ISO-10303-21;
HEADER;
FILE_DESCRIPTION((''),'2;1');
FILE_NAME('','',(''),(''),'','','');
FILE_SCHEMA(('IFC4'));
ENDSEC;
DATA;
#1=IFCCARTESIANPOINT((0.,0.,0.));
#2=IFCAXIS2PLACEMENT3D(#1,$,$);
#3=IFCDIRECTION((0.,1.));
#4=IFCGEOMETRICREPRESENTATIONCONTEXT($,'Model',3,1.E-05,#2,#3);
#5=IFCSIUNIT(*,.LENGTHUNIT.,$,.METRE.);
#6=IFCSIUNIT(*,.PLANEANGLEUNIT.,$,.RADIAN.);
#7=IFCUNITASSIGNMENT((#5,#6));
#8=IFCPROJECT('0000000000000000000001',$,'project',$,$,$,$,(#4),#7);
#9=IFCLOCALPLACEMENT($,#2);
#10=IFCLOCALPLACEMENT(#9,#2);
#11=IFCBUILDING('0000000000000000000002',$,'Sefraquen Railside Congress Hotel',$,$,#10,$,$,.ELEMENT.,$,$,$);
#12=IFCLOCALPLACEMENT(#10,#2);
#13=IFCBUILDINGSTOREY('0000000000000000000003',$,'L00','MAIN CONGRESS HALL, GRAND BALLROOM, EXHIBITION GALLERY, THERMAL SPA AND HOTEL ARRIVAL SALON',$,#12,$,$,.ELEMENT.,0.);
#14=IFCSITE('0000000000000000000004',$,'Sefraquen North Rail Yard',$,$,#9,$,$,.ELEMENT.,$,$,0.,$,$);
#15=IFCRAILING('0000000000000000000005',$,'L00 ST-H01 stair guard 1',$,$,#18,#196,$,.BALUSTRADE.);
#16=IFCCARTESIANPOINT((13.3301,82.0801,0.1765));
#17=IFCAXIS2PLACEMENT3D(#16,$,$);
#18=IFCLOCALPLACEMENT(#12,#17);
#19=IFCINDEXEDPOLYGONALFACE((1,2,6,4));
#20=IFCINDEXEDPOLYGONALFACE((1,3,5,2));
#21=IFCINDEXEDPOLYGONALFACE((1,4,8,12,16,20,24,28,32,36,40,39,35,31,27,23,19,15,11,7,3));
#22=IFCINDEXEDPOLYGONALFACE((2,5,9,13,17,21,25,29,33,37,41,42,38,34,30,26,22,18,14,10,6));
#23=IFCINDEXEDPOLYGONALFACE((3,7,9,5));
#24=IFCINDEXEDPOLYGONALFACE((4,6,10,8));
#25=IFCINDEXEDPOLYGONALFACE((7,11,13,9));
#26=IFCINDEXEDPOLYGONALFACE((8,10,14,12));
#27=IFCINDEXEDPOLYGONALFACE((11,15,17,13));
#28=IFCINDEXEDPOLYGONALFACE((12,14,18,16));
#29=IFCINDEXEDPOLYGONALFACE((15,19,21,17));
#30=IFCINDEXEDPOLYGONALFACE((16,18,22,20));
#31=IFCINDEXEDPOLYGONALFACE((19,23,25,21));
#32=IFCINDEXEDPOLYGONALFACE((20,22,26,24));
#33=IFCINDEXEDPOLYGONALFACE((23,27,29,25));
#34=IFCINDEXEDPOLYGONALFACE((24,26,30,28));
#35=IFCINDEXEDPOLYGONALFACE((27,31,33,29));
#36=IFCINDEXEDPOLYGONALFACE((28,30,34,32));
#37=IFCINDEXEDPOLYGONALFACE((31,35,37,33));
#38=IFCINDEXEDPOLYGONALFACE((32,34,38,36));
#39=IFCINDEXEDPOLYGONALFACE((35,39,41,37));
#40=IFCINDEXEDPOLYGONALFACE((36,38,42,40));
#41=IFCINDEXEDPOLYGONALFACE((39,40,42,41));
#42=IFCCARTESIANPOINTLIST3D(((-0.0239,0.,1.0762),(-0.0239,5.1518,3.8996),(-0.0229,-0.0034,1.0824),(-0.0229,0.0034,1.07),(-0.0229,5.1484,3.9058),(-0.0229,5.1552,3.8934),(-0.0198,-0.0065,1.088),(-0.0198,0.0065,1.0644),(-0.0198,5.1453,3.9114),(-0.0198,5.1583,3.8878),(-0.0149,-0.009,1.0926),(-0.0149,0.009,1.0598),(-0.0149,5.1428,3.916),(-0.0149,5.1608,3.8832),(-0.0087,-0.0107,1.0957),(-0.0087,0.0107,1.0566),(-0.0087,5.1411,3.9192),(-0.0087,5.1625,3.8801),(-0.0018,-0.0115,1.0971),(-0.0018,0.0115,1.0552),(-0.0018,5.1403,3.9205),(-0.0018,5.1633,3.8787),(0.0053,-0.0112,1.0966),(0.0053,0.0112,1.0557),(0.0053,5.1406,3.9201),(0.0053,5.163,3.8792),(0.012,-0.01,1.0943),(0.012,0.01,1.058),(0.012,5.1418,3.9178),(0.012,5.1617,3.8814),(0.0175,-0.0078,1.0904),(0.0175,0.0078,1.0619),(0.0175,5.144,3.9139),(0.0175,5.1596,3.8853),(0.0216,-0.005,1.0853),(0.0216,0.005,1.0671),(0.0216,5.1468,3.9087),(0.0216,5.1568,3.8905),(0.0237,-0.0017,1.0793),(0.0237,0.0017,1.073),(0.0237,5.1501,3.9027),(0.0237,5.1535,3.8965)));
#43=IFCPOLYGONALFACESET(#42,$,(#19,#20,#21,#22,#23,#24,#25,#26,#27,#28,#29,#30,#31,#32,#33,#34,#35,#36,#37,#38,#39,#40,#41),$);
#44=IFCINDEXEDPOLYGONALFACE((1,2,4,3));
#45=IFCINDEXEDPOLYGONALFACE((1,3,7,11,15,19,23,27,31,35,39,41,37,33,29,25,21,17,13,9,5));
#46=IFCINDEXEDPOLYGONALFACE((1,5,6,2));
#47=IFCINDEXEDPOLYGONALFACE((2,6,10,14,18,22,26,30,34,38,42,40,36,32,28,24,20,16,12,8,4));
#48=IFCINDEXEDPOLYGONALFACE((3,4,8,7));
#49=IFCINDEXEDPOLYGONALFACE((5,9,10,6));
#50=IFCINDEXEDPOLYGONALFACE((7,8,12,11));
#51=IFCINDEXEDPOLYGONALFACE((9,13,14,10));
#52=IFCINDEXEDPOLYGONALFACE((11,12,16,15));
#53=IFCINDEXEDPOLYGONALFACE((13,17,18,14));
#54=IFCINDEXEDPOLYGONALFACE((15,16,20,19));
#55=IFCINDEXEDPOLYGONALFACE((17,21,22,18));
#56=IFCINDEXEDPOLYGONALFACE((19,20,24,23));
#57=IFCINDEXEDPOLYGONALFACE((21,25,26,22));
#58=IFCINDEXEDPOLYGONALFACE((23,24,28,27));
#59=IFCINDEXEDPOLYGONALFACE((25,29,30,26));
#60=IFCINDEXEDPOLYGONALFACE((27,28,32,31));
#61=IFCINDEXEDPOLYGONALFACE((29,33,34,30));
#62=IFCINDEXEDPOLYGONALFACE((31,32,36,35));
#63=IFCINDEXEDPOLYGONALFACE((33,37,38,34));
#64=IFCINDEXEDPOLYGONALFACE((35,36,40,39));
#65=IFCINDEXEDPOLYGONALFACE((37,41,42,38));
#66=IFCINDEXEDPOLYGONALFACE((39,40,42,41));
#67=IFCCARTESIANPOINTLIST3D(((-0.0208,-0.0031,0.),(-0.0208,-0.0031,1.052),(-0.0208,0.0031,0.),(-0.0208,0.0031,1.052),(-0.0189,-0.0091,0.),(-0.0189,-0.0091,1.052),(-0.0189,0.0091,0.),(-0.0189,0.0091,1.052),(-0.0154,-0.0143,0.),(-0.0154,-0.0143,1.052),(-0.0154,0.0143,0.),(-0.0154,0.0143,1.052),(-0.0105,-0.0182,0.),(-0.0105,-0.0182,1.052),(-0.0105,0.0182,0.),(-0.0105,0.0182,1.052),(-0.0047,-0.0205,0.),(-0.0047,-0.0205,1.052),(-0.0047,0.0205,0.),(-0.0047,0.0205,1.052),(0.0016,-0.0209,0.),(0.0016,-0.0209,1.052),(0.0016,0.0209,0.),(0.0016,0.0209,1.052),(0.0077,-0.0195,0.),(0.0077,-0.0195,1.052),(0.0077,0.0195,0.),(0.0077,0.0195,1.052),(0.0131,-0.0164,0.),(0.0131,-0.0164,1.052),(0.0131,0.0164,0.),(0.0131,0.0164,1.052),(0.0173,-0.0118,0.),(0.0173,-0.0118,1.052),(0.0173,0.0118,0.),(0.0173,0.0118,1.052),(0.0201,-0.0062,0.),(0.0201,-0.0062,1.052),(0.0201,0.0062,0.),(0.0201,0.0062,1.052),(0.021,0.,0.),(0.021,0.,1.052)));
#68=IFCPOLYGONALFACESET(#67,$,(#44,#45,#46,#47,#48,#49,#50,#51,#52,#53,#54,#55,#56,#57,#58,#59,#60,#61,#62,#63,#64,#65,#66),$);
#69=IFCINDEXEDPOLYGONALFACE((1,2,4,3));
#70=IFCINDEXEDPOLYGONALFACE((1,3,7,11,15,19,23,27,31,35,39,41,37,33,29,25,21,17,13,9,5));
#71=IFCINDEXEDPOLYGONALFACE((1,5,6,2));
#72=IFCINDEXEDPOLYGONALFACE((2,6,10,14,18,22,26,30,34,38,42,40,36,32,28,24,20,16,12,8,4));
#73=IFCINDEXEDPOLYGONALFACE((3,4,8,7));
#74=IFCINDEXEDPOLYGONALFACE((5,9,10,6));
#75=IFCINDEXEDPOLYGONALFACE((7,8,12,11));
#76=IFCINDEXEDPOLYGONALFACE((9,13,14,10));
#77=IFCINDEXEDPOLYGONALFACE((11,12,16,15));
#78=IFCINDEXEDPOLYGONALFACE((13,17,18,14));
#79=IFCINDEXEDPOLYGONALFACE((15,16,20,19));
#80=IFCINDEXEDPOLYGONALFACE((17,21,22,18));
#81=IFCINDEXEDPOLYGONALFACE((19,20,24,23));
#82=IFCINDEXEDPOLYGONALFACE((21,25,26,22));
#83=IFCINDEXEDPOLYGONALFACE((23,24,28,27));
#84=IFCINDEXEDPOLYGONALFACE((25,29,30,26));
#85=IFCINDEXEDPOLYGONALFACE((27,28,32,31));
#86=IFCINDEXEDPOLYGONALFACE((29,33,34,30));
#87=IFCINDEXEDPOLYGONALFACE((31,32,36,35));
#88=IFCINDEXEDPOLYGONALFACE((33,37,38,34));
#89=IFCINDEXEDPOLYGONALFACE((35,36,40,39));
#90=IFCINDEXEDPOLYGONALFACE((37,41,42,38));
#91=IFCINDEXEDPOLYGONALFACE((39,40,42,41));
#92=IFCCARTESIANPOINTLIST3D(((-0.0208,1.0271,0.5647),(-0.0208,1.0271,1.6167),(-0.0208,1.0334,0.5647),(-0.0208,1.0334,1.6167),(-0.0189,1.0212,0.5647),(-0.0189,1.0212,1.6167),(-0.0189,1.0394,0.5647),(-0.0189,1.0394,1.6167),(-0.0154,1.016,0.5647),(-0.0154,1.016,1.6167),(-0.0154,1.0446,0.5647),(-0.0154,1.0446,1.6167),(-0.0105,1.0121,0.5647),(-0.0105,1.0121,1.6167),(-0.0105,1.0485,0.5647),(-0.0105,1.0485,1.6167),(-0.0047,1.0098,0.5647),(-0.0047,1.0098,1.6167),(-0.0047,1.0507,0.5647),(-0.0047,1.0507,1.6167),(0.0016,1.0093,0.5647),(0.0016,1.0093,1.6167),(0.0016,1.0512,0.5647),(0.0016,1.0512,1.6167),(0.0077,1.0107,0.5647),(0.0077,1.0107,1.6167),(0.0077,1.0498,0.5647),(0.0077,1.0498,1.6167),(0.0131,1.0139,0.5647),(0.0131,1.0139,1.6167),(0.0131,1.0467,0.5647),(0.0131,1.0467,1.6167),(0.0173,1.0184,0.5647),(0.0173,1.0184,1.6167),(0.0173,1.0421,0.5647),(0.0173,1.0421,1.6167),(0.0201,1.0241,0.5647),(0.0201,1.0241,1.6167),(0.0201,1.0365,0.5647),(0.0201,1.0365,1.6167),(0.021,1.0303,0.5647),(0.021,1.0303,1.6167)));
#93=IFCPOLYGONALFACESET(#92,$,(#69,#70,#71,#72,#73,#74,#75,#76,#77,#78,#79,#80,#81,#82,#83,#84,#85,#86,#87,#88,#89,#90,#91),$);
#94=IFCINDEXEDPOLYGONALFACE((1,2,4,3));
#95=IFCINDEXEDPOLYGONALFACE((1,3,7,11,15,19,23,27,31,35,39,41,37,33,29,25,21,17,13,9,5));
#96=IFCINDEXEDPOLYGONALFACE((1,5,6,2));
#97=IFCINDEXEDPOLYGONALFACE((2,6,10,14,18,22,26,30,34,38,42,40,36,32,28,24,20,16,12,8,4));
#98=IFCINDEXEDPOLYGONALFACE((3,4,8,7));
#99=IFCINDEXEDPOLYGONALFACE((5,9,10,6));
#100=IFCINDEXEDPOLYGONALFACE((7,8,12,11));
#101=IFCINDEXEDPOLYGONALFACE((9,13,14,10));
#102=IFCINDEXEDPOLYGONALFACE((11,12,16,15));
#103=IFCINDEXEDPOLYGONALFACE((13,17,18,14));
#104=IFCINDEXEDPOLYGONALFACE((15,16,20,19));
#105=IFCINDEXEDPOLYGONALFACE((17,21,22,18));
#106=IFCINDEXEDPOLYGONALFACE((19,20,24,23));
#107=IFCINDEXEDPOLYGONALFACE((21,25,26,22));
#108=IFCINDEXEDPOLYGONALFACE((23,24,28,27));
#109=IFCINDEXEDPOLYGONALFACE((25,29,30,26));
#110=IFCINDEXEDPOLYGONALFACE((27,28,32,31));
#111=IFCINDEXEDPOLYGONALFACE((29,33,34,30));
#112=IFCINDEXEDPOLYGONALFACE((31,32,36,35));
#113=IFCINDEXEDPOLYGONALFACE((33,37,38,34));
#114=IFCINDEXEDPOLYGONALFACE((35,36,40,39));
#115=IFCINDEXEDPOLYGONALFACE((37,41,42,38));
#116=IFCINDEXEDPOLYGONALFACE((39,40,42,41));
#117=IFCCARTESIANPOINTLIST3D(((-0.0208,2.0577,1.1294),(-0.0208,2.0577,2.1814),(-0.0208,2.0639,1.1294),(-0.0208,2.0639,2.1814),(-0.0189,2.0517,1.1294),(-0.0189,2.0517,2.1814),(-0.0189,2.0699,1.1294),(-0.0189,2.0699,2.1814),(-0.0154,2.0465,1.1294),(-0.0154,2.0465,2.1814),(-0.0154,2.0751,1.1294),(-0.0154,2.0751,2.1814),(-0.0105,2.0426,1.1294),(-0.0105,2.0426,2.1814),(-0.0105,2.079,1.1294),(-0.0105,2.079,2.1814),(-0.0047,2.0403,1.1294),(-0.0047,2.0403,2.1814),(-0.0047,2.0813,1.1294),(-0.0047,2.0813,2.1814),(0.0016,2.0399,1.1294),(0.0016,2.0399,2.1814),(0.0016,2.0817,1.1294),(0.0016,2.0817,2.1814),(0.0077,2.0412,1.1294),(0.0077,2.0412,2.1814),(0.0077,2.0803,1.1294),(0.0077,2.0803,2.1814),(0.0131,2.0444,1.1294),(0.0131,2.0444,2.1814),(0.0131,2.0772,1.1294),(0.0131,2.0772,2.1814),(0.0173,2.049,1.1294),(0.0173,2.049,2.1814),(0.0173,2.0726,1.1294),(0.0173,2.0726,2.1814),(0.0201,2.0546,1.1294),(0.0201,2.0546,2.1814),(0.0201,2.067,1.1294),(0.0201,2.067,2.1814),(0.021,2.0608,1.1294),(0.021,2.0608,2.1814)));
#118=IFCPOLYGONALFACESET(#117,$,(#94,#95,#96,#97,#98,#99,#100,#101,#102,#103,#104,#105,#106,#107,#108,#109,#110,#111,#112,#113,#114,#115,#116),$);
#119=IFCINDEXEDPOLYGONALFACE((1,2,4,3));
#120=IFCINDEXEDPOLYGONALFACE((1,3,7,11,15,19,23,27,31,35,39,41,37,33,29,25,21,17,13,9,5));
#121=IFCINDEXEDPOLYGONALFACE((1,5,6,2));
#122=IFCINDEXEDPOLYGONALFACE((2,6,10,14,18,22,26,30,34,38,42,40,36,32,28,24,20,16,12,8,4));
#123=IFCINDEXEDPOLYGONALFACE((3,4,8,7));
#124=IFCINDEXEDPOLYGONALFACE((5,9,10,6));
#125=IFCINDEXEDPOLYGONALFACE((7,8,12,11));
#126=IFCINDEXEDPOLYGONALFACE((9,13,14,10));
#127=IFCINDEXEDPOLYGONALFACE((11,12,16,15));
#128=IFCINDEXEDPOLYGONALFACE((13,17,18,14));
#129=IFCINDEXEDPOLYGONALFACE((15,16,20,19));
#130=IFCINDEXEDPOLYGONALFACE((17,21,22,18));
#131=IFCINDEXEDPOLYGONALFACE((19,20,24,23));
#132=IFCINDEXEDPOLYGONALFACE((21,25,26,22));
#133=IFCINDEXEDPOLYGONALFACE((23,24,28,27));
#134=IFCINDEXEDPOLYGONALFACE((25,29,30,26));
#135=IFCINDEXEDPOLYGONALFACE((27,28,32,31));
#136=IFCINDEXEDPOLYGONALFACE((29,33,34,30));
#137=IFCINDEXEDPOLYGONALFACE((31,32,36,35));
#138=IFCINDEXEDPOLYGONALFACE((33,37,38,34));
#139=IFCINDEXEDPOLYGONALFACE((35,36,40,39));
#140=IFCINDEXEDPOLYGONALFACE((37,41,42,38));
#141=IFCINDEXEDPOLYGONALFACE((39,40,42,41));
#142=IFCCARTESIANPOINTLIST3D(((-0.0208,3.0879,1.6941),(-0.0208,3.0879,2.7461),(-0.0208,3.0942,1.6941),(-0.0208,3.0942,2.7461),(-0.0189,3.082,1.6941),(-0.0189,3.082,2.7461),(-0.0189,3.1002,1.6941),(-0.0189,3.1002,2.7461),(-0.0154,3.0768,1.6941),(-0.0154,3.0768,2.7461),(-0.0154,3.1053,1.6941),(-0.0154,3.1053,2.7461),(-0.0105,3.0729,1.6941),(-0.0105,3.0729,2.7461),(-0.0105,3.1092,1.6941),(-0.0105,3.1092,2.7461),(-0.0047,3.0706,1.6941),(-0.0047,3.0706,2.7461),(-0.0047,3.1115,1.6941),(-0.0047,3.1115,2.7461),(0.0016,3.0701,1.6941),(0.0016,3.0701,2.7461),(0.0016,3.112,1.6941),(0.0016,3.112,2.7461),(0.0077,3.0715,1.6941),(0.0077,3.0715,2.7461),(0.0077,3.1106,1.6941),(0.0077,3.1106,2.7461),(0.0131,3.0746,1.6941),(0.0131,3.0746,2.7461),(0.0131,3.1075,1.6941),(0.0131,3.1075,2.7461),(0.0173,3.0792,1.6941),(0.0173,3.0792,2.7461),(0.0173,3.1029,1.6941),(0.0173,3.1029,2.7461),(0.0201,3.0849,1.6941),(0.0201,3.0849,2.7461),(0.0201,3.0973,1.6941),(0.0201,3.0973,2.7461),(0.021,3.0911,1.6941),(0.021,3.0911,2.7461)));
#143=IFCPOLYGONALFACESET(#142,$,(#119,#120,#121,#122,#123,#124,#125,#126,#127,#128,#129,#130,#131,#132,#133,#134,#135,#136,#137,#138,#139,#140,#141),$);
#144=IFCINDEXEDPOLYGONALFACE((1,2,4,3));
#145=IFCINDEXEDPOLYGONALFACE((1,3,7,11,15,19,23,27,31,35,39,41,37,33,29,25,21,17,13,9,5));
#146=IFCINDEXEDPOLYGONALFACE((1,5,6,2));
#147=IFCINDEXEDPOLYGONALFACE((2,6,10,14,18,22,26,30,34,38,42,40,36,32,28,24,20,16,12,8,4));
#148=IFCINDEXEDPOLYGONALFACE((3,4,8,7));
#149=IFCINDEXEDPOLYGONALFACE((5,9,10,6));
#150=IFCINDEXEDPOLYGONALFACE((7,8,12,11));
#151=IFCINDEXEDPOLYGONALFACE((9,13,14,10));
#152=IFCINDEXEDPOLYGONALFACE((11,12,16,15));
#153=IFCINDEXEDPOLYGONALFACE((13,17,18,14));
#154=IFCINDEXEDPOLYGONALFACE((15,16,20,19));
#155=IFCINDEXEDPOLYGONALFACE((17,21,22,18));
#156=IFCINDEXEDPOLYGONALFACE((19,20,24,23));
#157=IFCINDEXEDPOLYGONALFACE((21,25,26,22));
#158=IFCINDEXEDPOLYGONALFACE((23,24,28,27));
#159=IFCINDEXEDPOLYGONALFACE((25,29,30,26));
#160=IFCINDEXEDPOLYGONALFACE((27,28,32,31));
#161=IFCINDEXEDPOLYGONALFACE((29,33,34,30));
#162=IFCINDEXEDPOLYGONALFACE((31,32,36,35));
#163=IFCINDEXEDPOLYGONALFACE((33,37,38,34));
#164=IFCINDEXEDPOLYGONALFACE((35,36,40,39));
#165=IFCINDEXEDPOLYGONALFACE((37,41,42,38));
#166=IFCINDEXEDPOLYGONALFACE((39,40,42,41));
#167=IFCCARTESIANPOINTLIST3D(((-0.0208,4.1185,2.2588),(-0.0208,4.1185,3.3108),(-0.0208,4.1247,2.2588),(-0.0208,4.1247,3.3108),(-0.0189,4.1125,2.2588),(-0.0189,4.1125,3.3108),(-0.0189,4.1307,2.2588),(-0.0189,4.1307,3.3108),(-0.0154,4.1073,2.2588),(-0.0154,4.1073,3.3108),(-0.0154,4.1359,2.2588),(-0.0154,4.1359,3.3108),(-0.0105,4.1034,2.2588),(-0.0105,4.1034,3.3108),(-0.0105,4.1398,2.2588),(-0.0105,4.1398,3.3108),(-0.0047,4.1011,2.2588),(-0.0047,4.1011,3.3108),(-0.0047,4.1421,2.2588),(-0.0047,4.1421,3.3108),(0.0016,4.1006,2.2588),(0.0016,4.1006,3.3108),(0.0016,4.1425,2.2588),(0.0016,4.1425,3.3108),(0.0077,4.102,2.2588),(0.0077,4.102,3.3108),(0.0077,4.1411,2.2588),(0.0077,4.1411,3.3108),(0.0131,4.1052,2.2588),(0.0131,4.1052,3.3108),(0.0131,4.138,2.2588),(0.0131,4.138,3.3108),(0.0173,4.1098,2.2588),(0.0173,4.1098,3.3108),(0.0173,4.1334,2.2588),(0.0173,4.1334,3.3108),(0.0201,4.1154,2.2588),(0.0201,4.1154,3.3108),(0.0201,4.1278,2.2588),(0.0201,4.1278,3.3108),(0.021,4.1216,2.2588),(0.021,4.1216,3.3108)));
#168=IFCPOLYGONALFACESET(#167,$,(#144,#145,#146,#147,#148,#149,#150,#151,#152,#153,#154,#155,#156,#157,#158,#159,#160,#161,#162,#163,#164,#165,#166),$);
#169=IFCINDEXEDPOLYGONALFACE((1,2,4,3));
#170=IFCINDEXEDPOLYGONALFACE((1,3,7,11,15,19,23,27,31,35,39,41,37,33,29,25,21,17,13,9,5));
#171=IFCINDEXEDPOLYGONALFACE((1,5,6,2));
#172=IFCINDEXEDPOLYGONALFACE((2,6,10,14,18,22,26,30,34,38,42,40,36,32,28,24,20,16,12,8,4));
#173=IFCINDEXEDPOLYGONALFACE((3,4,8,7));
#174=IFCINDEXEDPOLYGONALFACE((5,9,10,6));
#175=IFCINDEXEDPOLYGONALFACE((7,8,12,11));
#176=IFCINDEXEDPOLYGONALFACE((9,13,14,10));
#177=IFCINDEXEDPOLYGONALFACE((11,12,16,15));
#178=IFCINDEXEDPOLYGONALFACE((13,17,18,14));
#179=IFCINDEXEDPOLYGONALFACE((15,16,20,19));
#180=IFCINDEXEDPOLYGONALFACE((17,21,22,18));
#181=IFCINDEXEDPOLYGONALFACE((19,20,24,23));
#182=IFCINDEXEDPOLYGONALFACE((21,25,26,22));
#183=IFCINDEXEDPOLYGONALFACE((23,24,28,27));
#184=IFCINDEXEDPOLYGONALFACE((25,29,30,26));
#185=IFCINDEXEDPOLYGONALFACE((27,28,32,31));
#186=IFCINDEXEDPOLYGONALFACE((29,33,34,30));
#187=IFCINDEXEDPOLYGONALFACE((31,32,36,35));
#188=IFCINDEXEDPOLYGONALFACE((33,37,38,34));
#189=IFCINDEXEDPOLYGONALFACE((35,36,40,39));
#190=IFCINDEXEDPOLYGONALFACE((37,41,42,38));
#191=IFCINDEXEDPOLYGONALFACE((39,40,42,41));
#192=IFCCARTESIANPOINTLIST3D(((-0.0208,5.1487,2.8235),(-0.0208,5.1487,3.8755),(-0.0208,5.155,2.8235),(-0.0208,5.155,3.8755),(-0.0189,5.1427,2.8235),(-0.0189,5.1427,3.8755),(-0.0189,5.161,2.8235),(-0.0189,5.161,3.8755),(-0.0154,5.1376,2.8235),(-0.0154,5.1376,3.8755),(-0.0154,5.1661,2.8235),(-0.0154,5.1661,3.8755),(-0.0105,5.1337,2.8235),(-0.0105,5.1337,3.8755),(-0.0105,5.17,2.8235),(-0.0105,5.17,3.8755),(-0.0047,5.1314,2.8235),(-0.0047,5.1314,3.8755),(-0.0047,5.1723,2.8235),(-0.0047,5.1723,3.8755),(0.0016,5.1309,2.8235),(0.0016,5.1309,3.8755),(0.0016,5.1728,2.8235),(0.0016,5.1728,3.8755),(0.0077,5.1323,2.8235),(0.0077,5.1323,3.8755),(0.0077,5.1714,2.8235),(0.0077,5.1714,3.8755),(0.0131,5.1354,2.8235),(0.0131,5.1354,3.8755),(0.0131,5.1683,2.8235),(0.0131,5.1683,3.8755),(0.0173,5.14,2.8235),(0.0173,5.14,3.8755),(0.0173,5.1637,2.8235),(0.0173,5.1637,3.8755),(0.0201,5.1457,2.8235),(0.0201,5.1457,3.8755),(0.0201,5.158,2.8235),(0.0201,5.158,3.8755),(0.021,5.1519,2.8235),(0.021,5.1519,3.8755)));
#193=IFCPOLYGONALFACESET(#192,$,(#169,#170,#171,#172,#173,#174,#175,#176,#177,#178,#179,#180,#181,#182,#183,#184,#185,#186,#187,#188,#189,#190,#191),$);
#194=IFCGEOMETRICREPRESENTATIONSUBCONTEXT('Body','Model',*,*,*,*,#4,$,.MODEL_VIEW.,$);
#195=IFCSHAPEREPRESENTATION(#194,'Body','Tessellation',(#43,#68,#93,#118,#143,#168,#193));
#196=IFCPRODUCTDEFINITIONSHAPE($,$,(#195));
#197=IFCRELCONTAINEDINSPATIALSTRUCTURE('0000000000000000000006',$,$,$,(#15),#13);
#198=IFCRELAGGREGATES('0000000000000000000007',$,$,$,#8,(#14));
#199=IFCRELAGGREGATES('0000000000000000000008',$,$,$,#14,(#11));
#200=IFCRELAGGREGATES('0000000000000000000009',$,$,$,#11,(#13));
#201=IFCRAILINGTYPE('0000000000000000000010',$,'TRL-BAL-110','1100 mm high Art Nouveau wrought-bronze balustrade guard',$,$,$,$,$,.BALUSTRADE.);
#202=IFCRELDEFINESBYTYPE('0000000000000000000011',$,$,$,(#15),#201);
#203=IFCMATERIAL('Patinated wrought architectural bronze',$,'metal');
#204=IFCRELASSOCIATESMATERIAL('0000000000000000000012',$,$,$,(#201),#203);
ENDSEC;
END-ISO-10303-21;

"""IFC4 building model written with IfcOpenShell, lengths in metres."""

from ifc_helpers import new_model, si_unit, direction, frame, origin, origin_2d, place, context, subcontext, project, spatial, circle, extrude, material, type_object, element, save


model = new_model("IFC4")

# Units and contexts
model_context = context("Model", 3, precision=1e-05, world=origin(), true_north=direction((0.0, 1.0)))
body_context = subcontext(model_context, "Body", "Model", "MODEL_VIEW")
ifc_project = project(units=[si_unit("LENGTHUNIT", "METRE"), si_unit("PLANEANGLEUNIT", "RADIAN")], contexts=[model_context])

# Site, building, storey
site_placement = place(None, origin())
site = spatial("IfcSite", under=ifc_project, at=site_placement, Name="Sefraquen North Rail Yard", CompositionType="ELEMENT", RefElevation=0.0)
building_placement = place(site_placement, origin())
building = spatial("IfcBuilding", under=site, at=building_placement, Name="Sefraquen Railside Congress Hotel", CompositionType="ELEMENT")
storey_placement = place(building_placement, origin())
storey = spatial("IfcBuildingStorey", under=building, at=storey_placement, Name="L00", Description="MAIN CONGRESS HALL, GRAND BALLROOM, EXHIBITION GALLERY, THERMAL SPA AND HOTEL ARRIVAL SALON", CompositionType="ELEMENT", Elevation=0.0)

# Railing
ifc_material_1 = material(Name="Patinated wrought architectural bronze", Category="metal")
railing_type_1 = type_object("IfcRailingType", Name="TRL-BAL-110", Description="1100 mm high Art Nouveau wrought-bronze balustrade guard", PredefinedType="BALUSTRADE", material=ifc_material_1)
railing_1_placement = place(storey_placement, frame((13.3301, 82.0801, 0.1765)))
element("IfcRailing", 1, at=railing_1_placement, inside=storey, type_object=railing_type_1, Name="L00 ST-H01 stair guard 1", PredefinedType="BALUSTRADE", context=body_context, shape_type="SweptSolid", body=[
    extrude(circle(Radius=0.0239, at=origin_2d()), frame((0.0, 0.0, 1.0762), z_axis=(0.0, 0.876936, 0.480607), x_axis=(-1.0, 0.0, 0.0)), (0.0, 0.0, 1.0), 5.8748),
    extrude(circle(Radius=0.021, at=origin_2d()), origin(), (0.0, 0.0, 1.0), 1.052),
    extrude(circle(Radius=0.021, at=origin_2d()), frame((0.0, 1.0303, 0.5647)), (0.0, 0.0, 1.0), 1.052),
    extrude(circle(Radius=0.021, at=origin_2d()), frame((0.0, 2.0608, 1.1294)), (0.0, 0.0, 1.0), 1.052),
    extrude(circle(Radius=0.021, at=origin_2d()), frame((0.0, 3.0911, 1.6941)), (0.0, 0.0, 1.0), 1.052),
    extrude(circle(Radius=0.021, at=origin_2d()), frame((0.0, 4.1216, 2.2588)), (0.0, 0.0, 1.0), 1.052),
    extrude(circle(Radius=0.021, at=origin_2d()), frame((0.0, 5.1519, 2.8235)), (0.0, 0.0, 1.0), 1.052),
])

save(model, "model.ifc")
